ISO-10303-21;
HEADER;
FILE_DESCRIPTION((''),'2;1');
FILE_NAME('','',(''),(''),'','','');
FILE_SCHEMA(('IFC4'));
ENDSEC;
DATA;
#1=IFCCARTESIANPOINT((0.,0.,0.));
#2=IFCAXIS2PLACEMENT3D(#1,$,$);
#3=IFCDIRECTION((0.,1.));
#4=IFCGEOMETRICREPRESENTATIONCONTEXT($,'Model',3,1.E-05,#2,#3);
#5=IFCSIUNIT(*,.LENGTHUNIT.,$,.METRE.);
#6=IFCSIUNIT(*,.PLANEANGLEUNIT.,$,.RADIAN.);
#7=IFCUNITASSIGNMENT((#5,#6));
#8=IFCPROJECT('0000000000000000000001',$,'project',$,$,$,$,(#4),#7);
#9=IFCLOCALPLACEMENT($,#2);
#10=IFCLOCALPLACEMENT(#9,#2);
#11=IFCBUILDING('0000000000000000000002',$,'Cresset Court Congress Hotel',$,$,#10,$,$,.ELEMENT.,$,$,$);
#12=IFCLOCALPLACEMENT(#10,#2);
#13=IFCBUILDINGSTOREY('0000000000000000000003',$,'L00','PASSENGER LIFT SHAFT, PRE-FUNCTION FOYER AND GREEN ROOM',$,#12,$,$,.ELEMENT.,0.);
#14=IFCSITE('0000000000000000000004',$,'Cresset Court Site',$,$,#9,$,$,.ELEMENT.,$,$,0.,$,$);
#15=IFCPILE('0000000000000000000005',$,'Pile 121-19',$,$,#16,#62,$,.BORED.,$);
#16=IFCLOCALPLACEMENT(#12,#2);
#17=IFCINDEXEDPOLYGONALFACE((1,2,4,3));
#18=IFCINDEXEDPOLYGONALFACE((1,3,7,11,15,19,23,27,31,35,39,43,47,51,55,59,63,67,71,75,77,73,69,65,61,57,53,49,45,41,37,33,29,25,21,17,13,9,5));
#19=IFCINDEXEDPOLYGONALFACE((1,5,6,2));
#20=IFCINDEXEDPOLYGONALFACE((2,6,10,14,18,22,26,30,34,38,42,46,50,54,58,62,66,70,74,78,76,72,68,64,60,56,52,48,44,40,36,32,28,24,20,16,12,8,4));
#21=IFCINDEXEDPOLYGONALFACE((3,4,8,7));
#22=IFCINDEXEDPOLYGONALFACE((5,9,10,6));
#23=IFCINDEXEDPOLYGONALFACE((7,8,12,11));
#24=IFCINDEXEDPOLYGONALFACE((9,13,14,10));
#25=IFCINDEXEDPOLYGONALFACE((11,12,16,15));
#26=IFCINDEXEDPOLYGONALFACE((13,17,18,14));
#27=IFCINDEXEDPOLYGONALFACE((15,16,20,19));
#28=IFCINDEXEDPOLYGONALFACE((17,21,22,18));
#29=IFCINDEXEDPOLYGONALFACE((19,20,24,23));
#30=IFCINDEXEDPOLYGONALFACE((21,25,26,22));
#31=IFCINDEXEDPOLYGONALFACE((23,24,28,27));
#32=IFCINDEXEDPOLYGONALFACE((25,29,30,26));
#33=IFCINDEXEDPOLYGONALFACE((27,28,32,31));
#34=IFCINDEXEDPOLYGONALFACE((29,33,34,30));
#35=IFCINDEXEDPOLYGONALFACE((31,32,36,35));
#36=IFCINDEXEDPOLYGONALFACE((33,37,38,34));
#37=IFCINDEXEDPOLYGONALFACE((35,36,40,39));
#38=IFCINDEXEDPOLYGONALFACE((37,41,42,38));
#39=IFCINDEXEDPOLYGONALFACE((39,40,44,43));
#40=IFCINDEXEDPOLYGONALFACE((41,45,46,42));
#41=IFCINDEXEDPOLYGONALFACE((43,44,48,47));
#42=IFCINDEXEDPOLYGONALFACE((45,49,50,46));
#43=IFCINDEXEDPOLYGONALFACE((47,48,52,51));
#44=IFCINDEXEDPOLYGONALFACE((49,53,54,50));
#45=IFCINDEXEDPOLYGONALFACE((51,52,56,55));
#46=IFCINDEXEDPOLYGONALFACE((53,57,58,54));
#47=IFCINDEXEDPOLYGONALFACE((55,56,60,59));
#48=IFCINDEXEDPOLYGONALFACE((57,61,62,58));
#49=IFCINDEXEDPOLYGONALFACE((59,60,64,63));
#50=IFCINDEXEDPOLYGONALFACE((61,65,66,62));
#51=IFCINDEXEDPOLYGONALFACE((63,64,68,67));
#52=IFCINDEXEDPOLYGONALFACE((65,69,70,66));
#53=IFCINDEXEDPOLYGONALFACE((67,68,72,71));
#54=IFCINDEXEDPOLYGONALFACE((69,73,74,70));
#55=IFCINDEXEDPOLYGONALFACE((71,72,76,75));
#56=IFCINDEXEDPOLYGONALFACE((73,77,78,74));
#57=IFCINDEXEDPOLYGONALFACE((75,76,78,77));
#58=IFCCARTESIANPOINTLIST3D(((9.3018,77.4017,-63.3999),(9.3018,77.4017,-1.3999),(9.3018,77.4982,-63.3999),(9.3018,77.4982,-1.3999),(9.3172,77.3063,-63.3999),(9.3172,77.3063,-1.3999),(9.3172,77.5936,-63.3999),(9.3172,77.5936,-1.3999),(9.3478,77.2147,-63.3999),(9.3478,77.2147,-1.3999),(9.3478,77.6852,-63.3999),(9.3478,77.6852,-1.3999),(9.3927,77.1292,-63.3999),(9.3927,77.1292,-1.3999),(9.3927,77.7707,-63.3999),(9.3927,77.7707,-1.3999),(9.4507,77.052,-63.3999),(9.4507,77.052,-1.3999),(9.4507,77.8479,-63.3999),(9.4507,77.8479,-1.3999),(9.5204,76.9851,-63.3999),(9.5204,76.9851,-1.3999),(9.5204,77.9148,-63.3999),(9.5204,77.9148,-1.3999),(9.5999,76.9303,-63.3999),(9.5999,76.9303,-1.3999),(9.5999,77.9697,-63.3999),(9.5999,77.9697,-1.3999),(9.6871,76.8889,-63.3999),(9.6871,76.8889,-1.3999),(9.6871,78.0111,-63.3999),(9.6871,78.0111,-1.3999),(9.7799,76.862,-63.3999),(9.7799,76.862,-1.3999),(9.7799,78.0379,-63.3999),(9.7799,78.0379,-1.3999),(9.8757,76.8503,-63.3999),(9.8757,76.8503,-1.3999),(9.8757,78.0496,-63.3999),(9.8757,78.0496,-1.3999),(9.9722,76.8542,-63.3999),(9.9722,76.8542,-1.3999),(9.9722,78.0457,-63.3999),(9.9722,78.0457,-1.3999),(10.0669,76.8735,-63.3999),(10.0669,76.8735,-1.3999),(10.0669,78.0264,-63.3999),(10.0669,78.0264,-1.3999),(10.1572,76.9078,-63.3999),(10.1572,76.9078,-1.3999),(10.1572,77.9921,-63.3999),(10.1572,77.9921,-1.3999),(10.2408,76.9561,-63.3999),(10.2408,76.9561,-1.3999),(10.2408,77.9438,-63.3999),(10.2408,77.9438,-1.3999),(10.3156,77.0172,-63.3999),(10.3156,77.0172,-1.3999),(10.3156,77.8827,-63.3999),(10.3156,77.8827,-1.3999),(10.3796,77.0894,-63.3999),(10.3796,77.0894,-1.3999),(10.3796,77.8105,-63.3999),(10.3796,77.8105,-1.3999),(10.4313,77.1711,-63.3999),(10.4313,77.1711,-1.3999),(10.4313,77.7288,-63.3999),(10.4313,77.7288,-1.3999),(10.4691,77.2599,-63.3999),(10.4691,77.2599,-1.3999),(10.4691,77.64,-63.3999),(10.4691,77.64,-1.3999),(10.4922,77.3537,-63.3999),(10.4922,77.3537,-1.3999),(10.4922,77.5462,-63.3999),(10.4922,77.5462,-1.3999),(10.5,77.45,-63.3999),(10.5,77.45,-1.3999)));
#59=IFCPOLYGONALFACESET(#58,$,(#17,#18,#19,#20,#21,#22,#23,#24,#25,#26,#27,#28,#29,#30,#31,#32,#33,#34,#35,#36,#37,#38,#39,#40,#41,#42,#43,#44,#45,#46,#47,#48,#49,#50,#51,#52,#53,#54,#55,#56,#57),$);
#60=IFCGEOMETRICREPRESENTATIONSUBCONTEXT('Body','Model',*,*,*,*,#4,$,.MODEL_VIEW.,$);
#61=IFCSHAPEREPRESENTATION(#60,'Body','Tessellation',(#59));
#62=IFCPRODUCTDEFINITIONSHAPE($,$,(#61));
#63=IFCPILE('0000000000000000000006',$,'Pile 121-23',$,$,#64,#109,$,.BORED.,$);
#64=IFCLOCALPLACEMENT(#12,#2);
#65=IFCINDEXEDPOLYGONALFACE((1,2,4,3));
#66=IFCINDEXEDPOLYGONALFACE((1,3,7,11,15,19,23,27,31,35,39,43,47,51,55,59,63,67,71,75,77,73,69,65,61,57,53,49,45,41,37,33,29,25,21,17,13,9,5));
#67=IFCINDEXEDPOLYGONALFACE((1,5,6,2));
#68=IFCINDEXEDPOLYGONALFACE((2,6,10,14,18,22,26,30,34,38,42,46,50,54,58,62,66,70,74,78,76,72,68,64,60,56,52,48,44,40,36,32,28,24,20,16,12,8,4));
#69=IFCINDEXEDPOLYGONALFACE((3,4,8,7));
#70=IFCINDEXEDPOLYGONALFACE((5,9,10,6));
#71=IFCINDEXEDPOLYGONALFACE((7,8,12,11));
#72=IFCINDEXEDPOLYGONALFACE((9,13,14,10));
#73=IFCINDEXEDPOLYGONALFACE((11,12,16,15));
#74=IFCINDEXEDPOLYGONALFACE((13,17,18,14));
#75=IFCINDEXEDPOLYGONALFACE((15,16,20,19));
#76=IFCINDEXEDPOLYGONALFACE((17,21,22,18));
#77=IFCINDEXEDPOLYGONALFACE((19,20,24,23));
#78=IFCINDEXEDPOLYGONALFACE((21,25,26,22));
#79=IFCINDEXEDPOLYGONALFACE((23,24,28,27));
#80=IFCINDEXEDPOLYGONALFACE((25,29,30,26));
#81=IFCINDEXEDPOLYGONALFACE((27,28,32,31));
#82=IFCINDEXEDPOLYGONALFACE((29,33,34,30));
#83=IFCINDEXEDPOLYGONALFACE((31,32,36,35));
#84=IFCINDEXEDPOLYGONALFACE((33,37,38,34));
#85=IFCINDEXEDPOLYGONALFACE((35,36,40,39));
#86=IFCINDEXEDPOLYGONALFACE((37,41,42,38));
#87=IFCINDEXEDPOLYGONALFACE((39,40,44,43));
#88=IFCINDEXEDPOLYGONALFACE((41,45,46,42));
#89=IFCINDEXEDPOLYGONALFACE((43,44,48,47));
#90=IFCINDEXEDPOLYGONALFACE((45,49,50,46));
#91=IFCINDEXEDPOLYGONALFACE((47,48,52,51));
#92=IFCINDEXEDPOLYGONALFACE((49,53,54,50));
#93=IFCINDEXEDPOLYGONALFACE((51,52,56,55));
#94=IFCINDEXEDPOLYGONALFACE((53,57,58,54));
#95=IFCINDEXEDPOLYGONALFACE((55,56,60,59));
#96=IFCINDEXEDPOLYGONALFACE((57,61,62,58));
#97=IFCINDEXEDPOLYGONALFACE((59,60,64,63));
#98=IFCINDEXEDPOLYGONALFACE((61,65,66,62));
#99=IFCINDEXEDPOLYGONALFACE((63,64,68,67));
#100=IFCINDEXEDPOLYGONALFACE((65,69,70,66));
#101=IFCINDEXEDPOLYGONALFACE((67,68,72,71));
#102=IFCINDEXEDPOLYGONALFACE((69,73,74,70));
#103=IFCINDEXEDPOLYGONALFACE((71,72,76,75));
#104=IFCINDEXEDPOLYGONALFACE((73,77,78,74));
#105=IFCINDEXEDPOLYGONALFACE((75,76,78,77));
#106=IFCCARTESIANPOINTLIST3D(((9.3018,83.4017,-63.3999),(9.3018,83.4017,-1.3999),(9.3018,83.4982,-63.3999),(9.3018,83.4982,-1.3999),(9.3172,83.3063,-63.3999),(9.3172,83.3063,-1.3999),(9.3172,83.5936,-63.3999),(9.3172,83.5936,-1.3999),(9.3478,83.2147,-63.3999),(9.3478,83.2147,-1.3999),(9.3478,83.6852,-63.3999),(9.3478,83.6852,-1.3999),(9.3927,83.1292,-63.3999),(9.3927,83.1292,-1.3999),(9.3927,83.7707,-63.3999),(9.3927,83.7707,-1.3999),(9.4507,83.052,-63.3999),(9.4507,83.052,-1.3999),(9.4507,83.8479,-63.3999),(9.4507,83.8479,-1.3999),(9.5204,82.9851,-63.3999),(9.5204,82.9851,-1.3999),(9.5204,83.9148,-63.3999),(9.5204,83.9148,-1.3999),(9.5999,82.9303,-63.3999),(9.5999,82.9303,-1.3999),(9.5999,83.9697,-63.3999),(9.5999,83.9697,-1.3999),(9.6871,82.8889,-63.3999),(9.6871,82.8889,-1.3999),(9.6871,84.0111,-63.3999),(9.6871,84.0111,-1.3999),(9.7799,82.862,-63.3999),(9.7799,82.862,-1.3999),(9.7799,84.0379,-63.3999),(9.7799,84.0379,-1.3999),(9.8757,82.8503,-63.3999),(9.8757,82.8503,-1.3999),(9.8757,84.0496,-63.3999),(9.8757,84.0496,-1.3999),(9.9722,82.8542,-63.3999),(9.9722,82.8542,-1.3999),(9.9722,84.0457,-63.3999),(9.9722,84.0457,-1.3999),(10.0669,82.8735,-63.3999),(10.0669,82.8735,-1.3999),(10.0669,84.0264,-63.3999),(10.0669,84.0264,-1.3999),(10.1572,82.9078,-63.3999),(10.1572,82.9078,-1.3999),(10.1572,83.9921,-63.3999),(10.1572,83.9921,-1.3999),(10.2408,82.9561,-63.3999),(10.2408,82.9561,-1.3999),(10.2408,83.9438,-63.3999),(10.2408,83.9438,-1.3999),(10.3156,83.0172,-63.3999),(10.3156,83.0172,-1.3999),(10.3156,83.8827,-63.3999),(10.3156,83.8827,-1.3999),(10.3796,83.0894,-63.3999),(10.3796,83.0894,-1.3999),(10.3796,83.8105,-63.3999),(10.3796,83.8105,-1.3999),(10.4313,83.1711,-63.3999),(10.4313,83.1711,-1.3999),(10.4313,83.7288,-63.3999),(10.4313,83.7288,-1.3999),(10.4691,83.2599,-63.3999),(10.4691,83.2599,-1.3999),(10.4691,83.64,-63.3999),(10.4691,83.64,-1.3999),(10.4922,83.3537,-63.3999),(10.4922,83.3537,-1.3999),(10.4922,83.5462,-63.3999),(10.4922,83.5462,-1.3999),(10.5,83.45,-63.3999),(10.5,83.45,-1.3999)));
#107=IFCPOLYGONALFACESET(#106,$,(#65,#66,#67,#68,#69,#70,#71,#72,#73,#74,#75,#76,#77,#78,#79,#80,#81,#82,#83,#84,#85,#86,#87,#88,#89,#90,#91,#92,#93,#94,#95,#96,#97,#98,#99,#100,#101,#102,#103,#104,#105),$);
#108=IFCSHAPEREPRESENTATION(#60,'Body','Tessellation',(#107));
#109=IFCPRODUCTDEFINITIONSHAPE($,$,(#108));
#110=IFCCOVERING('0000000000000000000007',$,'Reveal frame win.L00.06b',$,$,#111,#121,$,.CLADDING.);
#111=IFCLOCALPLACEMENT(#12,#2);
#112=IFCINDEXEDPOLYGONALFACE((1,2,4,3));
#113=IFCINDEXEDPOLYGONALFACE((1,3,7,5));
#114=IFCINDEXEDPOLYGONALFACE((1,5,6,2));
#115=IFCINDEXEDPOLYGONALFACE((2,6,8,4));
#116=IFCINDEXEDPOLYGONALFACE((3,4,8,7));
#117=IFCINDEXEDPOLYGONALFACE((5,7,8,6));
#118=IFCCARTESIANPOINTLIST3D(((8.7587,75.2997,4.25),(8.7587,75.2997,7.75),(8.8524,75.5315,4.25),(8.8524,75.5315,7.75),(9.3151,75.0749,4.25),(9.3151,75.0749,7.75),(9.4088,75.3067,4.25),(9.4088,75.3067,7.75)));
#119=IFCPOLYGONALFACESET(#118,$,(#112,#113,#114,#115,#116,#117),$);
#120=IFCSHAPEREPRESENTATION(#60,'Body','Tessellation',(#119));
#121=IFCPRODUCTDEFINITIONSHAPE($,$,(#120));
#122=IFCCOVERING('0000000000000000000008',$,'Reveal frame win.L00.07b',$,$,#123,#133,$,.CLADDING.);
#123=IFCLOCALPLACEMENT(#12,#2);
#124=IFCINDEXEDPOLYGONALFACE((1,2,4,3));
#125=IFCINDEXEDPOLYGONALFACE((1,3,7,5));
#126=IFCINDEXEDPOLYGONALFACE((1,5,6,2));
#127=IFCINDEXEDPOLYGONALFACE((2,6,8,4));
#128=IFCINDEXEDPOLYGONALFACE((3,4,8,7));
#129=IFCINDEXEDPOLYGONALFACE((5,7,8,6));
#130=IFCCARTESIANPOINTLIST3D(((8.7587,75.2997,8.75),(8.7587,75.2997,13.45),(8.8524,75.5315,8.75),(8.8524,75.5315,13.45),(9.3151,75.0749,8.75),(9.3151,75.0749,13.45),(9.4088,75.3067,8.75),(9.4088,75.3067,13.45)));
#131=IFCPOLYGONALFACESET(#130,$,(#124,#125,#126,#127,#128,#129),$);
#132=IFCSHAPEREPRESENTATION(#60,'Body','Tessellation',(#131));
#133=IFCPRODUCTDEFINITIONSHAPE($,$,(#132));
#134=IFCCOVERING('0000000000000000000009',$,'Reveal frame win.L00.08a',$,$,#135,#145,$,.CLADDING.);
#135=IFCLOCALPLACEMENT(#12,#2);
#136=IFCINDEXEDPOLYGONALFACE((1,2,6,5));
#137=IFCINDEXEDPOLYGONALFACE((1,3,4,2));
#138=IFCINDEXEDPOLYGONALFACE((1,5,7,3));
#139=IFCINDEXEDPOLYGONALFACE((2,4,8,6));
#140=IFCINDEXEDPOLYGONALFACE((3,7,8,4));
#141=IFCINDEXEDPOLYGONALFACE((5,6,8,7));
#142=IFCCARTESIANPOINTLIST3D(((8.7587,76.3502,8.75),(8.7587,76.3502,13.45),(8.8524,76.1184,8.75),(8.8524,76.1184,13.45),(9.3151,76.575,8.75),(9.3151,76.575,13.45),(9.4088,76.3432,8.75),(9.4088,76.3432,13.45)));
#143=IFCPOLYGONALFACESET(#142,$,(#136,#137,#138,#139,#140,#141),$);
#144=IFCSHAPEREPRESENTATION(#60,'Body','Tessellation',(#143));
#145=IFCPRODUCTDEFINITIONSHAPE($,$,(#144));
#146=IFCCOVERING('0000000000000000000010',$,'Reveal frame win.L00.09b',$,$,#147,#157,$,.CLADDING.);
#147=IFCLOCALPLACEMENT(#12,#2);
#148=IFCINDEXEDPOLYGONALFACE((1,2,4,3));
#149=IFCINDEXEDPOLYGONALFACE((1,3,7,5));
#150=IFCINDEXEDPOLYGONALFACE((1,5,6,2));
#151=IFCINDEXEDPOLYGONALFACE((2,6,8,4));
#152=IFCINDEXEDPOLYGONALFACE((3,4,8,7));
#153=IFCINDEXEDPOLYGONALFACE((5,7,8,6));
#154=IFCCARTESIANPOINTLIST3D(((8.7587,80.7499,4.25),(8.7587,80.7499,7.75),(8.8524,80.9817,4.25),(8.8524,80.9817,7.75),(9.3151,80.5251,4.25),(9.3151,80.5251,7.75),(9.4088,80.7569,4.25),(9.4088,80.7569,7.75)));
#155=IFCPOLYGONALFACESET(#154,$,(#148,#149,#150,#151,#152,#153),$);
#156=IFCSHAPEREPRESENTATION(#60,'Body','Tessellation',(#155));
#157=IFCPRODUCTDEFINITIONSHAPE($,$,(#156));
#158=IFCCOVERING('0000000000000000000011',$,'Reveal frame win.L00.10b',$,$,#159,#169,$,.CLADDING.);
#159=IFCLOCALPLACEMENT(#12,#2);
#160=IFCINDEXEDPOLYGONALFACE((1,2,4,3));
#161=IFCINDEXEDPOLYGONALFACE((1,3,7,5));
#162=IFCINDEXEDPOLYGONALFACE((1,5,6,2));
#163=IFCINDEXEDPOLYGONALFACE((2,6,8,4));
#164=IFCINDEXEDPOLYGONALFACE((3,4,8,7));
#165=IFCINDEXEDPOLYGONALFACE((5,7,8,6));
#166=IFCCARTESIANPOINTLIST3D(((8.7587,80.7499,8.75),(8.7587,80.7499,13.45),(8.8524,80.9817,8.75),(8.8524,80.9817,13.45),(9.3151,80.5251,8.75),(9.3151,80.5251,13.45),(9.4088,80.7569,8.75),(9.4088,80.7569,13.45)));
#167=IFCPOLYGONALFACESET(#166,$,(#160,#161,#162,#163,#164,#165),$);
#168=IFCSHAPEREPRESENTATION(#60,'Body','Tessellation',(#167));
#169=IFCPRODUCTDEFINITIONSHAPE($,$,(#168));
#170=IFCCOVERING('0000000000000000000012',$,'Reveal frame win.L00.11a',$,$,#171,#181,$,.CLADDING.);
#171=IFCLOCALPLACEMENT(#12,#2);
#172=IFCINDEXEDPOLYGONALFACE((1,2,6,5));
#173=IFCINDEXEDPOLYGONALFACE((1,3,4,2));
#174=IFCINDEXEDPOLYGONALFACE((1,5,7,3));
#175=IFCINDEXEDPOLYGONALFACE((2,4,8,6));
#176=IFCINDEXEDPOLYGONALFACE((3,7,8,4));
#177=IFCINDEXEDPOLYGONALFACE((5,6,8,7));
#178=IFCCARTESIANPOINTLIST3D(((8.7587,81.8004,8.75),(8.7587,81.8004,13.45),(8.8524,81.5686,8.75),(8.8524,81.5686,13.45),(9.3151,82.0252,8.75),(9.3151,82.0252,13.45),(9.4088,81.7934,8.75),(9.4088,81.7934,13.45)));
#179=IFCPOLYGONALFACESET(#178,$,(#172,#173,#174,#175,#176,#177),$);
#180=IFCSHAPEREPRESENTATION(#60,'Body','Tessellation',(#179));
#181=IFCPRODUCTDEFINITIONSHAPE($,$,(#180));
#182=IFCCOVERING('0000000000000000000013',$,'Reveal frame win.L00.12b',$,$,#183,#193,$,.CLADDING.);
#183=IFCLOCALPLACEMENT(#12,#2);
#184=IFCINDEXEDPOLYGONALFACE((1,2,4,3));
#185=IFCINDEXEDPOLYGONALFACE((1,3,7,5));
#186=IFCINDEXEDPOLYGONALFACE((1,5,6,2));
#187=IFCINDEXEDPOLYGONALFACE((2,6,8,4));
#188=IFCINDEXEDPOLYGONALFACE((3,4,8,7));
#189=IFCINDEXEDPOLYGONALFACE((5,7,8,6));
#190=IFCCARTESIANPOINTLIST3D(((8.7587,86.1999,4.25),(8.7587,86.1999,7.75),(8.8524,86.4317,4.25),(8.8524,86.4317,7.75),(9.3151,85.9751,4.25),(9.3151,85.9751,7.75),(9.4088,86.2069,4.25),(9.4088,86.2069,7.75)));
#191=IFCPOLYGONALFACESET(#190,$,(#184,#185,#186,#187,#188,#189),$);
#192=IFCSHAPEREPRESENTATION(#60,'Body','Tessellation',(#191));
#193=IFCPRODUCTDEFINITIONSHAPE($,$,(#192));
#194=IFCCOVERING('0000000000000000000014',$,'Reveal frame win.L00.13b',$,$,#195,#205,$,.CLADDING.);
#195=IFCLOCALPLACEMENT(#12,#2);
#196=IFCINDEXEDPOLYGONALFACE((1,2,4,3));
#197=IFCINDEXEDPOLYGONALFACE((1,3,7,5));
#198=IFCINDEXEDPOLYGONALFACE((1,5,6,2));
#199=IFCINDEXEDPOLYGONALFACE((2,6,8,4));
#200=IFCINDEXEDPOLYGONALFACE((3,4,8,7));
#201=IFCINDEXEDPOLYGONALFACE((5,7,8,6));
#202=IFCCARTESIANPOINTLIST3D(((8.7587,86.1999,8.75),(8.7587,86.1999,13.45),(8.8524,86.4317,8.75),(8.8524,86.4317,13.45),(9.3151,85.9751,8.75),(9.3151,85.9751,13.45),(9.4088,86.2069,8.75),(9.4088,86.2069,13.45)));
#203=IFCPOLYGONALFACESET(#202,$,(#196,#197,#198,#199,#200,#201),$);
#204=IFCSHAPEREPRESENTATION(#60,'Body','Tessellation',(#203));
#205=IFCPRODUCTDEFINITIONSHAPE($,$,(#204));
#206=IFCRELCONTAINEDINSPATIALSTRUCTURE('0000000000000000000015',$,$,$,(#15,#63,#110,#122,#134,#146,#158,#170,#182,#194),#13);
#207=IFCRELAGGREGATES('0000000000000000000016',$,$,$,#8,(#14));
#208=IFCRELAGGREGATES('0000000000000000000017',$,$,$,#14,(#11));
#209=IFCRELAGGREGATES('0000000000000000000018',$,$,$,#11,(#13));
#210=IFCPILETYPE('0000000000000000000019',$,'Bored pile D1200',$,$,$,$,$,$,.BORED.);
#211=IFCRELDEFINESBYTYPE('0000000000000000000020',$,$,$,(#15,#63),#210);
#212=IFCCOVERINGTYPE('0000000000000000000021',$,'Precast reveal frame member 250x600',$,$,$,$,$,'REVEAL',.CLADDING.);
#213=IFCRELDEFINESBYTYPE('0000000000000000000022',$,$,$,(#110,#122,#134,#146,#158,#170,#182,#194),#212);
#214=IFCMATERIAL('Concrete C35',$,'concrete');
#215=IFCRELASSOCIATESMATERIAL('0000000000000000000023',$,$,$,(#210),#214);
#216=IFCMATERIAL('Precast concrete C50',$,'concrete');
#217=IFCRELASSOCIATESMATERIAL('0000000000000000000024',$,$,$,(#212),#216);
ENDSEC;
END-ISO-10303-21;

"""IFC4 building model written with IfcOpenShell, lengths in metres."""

from ifc_helpers import new_model, si_unit, direction, frame, origin, origin_2d, place, context, subcontext, project, spatial, rectangle, circle, extrude, material, type_object, element, save


model = new_model("IFC4")

# Units and contexts
model_context = context("Model", 3, precision=1e-05, world=origin(), true_north=direction((0.0, 1.0)))
body_context = subcontext(model_context, "Body", "Model", "MODEL_VIEW")
ifc_project = project(units=[si_unit("LENGTHUNIT", "METRE"), si_unit("PLANEANGLEUNIT", "RADIAN")], contexts=[model_context])

# Site, building, storey
site_placement = place(None, origin())
site = spatial("IfcSite", under=ifc_project, at=site_placement, Name="Cresset Court Site", CompositionType="ELEMENT", RefElevation=0.0)
building_placement = place(site_placement, origin())
building = spatial("IfcBuilding", under=site, at=building_placement, Name="Cresset Court Congress Hotel", CompositionType="ELEMENT")
storey_placement = place(building_placement, origin())
storey = spatial("IfcBuildingStorey", under=building, at=storey_placement, Name="L00", Description="PASSENGER LIFT SHAFT, PRE-FUNCTION FOYER AND GREEN ROOM", CompositionType="ELEMENT", Elevation=0.0)

# Piles
ifc_material_1 = material(Name="Concrete C35", Category="concrete")
pile_type = type_object("IfcPileType", Name="Bored pile D1200", PredefinedType="BORED", material=ifc_material_1)
for number, where, z_axis, x_axis, name in (
    (1, (9.8999, 77.45, -1.3999), (0.0, 0.0, -1.0), (1.0, 0.0, 0.0), "Pile 121-19"),
    (2, (9.8999, 83.45, -1.3999), (0.0, 0.0, -1.0), (1.0, 0.0, 0.0), "Pile 121-23"),
):
    element("IfcPile", number, at=place(storey_placement, frame(where, z_axis=z_axis, x_axis=x_axis)), inside=storey, type_object=pile_type, Name=name, PredefinedType="BORED", context=body_context, shape_type="SweptSolid", body=[
        extrude(circle(Radius=0.6001, at=origin_2d()), origin(), (0.0, 0.0, 1.0), 62.0),
    ])

# Coverings
ifc_material_2 = material(Name="Precast concrete C50", Category="concrete")
covering_type = type_object("IfcCoveringType", Name="Precast reveal frame member 250x600", ElementType="REVEAL", PredefinedType="CLADDING", material=ifc_material_2)
covering_1_placement = place(storey_placement, frame((9.0837, 75.3032, 4.25), z_axis=(0.0, 0.0, 1.0), x_axis=(0.374623, 0.927177, 0.0)))
element("IfcCovering", 3, at=covering_1_placement, inside=storey, type_object=covering_type, Name="Reveal frame win.L00.06b", PredefinedType="CLADDING", context=body_context, shape_type="SweptSolid", body=[
    extrude(rectangle(XDim=0.25, YDim=0.6001, at=origin_2d()), origin(), (0.0, 0.0, 1.0), 3.5),
])
for number, where, z_axis, x_axis, name in (
    (4, (9.0837, 75.3032, 8.75), (0.0, 0.0, 1.0), (0.374623, 0.927177, 0.0), "Reveal frame win.L00.07b"),
    (5, (9.0837, 76.3467, 8.75), (0.0, 0.0, 1.0), (-0.374623, 0.927177, 0.0), "Reveal frame win.L00.08a"),
):
    element("IfcCovering", number, at=place(storey_placement, frame(where, z_axis=z_axis, x_axis=x_axis)), inside=storey, type_object=covering_type, Name=name, PredefinedType="CLADDING", context=body_context, shape_type="SweptSolid", body=[
        extrude(rectangle(XDim=0.25, YDim=0.6001, at=origin_2d()), origin(), (0.0, 0.0, 1.0), 4.7),
    ])
covering_2_placement = place(storey_placement, frame((9.0837, 80.7534, 4.25), z_axis=(0.0, 0.0, 1.0), x_axis=(0.374623, 0.927177, 0.0)))
element("IfcCovering", 6, at=covering_2_placement, inside=storey, type_object=covering_type, Name="Reveal frame win.L00.09b", PredefinedType="CLADDING", context=body_context, shape_type="SweptSolid", body=[
    extrude(rectangle(XDim=0.25, YDim=0.6001, at=origin_2d()), origin(), (0.0, 0.0, 1.0), 3.5),
])
for number, where, z_axis, x_axis, name in (
    (7, (9.0837, 80.7534, 8.75), (0.0, 0.0, 1.0), (0.374623, 0.927177, 0.0), "Reveal frame win.L00.10b"),
    (8, (9.0837, 81.7969, 8.75), (0.0, 0.0, 1.0), (-0.374623, 0.927177, 0.0), "Reveal frame win.L00.11a"),
):
    element("IfcCovering", number, at=place(storey_placement, frame(where, z_axis=z_axis, x_axis=x_axis)), inside=storey, type_object=covering_type, Name=name, PredefinedType="CLADDING", context=body_context, shape_type="SweptSolid", body=[
        extrude(rectangle(XDim=0.25, YDim=0.6001, at=origin_2d()), origin(), (0.0, 0.0, 1.0), 4.7),
    ])
covering_3_placement = place(storey_placement, frame((9.0837, 86.2034, 4.25), z_axis=(0.0, 0.0, 1.0), x_axis=(0.374623, 0.927177, 0.0)))
element("IfcCovering", 9, at=covering_3_placement, inside=storey, type_object=covering_type, Name="Reveal frame win.L00.12b", PredefinedType="CLADDING", context=body_context, shape_type="SweptSolid", body=[
    extrude(rectangle(XDim=0.25, YDim=0.6001, at=origin_2d()), origin(), (0.0, 0.0, 1.0), 3.5),
])
covering_4_placement = place(storey_placement, frame((9.0837, 86.2034, 8.75), z_axis=(0.0, 0.0, 1.0), x_axis=(0.374623, 0.927177, 0.0)))
element("IfcCovering", 10, at=covering_4_placement, inside=storey, type_object=covering_type, Name="Reveal frame win.L00.13b", PredefinedType="CLADDING", context=body_context, shape_type="SweptSolid", body=[
    extrude(rectangle(XDim=0.25, YDim=0.6001, at=origin_2d()), origin(), (0.0, 0.0, 1.0), 4.7),
])

save(model, "model.ifc")
